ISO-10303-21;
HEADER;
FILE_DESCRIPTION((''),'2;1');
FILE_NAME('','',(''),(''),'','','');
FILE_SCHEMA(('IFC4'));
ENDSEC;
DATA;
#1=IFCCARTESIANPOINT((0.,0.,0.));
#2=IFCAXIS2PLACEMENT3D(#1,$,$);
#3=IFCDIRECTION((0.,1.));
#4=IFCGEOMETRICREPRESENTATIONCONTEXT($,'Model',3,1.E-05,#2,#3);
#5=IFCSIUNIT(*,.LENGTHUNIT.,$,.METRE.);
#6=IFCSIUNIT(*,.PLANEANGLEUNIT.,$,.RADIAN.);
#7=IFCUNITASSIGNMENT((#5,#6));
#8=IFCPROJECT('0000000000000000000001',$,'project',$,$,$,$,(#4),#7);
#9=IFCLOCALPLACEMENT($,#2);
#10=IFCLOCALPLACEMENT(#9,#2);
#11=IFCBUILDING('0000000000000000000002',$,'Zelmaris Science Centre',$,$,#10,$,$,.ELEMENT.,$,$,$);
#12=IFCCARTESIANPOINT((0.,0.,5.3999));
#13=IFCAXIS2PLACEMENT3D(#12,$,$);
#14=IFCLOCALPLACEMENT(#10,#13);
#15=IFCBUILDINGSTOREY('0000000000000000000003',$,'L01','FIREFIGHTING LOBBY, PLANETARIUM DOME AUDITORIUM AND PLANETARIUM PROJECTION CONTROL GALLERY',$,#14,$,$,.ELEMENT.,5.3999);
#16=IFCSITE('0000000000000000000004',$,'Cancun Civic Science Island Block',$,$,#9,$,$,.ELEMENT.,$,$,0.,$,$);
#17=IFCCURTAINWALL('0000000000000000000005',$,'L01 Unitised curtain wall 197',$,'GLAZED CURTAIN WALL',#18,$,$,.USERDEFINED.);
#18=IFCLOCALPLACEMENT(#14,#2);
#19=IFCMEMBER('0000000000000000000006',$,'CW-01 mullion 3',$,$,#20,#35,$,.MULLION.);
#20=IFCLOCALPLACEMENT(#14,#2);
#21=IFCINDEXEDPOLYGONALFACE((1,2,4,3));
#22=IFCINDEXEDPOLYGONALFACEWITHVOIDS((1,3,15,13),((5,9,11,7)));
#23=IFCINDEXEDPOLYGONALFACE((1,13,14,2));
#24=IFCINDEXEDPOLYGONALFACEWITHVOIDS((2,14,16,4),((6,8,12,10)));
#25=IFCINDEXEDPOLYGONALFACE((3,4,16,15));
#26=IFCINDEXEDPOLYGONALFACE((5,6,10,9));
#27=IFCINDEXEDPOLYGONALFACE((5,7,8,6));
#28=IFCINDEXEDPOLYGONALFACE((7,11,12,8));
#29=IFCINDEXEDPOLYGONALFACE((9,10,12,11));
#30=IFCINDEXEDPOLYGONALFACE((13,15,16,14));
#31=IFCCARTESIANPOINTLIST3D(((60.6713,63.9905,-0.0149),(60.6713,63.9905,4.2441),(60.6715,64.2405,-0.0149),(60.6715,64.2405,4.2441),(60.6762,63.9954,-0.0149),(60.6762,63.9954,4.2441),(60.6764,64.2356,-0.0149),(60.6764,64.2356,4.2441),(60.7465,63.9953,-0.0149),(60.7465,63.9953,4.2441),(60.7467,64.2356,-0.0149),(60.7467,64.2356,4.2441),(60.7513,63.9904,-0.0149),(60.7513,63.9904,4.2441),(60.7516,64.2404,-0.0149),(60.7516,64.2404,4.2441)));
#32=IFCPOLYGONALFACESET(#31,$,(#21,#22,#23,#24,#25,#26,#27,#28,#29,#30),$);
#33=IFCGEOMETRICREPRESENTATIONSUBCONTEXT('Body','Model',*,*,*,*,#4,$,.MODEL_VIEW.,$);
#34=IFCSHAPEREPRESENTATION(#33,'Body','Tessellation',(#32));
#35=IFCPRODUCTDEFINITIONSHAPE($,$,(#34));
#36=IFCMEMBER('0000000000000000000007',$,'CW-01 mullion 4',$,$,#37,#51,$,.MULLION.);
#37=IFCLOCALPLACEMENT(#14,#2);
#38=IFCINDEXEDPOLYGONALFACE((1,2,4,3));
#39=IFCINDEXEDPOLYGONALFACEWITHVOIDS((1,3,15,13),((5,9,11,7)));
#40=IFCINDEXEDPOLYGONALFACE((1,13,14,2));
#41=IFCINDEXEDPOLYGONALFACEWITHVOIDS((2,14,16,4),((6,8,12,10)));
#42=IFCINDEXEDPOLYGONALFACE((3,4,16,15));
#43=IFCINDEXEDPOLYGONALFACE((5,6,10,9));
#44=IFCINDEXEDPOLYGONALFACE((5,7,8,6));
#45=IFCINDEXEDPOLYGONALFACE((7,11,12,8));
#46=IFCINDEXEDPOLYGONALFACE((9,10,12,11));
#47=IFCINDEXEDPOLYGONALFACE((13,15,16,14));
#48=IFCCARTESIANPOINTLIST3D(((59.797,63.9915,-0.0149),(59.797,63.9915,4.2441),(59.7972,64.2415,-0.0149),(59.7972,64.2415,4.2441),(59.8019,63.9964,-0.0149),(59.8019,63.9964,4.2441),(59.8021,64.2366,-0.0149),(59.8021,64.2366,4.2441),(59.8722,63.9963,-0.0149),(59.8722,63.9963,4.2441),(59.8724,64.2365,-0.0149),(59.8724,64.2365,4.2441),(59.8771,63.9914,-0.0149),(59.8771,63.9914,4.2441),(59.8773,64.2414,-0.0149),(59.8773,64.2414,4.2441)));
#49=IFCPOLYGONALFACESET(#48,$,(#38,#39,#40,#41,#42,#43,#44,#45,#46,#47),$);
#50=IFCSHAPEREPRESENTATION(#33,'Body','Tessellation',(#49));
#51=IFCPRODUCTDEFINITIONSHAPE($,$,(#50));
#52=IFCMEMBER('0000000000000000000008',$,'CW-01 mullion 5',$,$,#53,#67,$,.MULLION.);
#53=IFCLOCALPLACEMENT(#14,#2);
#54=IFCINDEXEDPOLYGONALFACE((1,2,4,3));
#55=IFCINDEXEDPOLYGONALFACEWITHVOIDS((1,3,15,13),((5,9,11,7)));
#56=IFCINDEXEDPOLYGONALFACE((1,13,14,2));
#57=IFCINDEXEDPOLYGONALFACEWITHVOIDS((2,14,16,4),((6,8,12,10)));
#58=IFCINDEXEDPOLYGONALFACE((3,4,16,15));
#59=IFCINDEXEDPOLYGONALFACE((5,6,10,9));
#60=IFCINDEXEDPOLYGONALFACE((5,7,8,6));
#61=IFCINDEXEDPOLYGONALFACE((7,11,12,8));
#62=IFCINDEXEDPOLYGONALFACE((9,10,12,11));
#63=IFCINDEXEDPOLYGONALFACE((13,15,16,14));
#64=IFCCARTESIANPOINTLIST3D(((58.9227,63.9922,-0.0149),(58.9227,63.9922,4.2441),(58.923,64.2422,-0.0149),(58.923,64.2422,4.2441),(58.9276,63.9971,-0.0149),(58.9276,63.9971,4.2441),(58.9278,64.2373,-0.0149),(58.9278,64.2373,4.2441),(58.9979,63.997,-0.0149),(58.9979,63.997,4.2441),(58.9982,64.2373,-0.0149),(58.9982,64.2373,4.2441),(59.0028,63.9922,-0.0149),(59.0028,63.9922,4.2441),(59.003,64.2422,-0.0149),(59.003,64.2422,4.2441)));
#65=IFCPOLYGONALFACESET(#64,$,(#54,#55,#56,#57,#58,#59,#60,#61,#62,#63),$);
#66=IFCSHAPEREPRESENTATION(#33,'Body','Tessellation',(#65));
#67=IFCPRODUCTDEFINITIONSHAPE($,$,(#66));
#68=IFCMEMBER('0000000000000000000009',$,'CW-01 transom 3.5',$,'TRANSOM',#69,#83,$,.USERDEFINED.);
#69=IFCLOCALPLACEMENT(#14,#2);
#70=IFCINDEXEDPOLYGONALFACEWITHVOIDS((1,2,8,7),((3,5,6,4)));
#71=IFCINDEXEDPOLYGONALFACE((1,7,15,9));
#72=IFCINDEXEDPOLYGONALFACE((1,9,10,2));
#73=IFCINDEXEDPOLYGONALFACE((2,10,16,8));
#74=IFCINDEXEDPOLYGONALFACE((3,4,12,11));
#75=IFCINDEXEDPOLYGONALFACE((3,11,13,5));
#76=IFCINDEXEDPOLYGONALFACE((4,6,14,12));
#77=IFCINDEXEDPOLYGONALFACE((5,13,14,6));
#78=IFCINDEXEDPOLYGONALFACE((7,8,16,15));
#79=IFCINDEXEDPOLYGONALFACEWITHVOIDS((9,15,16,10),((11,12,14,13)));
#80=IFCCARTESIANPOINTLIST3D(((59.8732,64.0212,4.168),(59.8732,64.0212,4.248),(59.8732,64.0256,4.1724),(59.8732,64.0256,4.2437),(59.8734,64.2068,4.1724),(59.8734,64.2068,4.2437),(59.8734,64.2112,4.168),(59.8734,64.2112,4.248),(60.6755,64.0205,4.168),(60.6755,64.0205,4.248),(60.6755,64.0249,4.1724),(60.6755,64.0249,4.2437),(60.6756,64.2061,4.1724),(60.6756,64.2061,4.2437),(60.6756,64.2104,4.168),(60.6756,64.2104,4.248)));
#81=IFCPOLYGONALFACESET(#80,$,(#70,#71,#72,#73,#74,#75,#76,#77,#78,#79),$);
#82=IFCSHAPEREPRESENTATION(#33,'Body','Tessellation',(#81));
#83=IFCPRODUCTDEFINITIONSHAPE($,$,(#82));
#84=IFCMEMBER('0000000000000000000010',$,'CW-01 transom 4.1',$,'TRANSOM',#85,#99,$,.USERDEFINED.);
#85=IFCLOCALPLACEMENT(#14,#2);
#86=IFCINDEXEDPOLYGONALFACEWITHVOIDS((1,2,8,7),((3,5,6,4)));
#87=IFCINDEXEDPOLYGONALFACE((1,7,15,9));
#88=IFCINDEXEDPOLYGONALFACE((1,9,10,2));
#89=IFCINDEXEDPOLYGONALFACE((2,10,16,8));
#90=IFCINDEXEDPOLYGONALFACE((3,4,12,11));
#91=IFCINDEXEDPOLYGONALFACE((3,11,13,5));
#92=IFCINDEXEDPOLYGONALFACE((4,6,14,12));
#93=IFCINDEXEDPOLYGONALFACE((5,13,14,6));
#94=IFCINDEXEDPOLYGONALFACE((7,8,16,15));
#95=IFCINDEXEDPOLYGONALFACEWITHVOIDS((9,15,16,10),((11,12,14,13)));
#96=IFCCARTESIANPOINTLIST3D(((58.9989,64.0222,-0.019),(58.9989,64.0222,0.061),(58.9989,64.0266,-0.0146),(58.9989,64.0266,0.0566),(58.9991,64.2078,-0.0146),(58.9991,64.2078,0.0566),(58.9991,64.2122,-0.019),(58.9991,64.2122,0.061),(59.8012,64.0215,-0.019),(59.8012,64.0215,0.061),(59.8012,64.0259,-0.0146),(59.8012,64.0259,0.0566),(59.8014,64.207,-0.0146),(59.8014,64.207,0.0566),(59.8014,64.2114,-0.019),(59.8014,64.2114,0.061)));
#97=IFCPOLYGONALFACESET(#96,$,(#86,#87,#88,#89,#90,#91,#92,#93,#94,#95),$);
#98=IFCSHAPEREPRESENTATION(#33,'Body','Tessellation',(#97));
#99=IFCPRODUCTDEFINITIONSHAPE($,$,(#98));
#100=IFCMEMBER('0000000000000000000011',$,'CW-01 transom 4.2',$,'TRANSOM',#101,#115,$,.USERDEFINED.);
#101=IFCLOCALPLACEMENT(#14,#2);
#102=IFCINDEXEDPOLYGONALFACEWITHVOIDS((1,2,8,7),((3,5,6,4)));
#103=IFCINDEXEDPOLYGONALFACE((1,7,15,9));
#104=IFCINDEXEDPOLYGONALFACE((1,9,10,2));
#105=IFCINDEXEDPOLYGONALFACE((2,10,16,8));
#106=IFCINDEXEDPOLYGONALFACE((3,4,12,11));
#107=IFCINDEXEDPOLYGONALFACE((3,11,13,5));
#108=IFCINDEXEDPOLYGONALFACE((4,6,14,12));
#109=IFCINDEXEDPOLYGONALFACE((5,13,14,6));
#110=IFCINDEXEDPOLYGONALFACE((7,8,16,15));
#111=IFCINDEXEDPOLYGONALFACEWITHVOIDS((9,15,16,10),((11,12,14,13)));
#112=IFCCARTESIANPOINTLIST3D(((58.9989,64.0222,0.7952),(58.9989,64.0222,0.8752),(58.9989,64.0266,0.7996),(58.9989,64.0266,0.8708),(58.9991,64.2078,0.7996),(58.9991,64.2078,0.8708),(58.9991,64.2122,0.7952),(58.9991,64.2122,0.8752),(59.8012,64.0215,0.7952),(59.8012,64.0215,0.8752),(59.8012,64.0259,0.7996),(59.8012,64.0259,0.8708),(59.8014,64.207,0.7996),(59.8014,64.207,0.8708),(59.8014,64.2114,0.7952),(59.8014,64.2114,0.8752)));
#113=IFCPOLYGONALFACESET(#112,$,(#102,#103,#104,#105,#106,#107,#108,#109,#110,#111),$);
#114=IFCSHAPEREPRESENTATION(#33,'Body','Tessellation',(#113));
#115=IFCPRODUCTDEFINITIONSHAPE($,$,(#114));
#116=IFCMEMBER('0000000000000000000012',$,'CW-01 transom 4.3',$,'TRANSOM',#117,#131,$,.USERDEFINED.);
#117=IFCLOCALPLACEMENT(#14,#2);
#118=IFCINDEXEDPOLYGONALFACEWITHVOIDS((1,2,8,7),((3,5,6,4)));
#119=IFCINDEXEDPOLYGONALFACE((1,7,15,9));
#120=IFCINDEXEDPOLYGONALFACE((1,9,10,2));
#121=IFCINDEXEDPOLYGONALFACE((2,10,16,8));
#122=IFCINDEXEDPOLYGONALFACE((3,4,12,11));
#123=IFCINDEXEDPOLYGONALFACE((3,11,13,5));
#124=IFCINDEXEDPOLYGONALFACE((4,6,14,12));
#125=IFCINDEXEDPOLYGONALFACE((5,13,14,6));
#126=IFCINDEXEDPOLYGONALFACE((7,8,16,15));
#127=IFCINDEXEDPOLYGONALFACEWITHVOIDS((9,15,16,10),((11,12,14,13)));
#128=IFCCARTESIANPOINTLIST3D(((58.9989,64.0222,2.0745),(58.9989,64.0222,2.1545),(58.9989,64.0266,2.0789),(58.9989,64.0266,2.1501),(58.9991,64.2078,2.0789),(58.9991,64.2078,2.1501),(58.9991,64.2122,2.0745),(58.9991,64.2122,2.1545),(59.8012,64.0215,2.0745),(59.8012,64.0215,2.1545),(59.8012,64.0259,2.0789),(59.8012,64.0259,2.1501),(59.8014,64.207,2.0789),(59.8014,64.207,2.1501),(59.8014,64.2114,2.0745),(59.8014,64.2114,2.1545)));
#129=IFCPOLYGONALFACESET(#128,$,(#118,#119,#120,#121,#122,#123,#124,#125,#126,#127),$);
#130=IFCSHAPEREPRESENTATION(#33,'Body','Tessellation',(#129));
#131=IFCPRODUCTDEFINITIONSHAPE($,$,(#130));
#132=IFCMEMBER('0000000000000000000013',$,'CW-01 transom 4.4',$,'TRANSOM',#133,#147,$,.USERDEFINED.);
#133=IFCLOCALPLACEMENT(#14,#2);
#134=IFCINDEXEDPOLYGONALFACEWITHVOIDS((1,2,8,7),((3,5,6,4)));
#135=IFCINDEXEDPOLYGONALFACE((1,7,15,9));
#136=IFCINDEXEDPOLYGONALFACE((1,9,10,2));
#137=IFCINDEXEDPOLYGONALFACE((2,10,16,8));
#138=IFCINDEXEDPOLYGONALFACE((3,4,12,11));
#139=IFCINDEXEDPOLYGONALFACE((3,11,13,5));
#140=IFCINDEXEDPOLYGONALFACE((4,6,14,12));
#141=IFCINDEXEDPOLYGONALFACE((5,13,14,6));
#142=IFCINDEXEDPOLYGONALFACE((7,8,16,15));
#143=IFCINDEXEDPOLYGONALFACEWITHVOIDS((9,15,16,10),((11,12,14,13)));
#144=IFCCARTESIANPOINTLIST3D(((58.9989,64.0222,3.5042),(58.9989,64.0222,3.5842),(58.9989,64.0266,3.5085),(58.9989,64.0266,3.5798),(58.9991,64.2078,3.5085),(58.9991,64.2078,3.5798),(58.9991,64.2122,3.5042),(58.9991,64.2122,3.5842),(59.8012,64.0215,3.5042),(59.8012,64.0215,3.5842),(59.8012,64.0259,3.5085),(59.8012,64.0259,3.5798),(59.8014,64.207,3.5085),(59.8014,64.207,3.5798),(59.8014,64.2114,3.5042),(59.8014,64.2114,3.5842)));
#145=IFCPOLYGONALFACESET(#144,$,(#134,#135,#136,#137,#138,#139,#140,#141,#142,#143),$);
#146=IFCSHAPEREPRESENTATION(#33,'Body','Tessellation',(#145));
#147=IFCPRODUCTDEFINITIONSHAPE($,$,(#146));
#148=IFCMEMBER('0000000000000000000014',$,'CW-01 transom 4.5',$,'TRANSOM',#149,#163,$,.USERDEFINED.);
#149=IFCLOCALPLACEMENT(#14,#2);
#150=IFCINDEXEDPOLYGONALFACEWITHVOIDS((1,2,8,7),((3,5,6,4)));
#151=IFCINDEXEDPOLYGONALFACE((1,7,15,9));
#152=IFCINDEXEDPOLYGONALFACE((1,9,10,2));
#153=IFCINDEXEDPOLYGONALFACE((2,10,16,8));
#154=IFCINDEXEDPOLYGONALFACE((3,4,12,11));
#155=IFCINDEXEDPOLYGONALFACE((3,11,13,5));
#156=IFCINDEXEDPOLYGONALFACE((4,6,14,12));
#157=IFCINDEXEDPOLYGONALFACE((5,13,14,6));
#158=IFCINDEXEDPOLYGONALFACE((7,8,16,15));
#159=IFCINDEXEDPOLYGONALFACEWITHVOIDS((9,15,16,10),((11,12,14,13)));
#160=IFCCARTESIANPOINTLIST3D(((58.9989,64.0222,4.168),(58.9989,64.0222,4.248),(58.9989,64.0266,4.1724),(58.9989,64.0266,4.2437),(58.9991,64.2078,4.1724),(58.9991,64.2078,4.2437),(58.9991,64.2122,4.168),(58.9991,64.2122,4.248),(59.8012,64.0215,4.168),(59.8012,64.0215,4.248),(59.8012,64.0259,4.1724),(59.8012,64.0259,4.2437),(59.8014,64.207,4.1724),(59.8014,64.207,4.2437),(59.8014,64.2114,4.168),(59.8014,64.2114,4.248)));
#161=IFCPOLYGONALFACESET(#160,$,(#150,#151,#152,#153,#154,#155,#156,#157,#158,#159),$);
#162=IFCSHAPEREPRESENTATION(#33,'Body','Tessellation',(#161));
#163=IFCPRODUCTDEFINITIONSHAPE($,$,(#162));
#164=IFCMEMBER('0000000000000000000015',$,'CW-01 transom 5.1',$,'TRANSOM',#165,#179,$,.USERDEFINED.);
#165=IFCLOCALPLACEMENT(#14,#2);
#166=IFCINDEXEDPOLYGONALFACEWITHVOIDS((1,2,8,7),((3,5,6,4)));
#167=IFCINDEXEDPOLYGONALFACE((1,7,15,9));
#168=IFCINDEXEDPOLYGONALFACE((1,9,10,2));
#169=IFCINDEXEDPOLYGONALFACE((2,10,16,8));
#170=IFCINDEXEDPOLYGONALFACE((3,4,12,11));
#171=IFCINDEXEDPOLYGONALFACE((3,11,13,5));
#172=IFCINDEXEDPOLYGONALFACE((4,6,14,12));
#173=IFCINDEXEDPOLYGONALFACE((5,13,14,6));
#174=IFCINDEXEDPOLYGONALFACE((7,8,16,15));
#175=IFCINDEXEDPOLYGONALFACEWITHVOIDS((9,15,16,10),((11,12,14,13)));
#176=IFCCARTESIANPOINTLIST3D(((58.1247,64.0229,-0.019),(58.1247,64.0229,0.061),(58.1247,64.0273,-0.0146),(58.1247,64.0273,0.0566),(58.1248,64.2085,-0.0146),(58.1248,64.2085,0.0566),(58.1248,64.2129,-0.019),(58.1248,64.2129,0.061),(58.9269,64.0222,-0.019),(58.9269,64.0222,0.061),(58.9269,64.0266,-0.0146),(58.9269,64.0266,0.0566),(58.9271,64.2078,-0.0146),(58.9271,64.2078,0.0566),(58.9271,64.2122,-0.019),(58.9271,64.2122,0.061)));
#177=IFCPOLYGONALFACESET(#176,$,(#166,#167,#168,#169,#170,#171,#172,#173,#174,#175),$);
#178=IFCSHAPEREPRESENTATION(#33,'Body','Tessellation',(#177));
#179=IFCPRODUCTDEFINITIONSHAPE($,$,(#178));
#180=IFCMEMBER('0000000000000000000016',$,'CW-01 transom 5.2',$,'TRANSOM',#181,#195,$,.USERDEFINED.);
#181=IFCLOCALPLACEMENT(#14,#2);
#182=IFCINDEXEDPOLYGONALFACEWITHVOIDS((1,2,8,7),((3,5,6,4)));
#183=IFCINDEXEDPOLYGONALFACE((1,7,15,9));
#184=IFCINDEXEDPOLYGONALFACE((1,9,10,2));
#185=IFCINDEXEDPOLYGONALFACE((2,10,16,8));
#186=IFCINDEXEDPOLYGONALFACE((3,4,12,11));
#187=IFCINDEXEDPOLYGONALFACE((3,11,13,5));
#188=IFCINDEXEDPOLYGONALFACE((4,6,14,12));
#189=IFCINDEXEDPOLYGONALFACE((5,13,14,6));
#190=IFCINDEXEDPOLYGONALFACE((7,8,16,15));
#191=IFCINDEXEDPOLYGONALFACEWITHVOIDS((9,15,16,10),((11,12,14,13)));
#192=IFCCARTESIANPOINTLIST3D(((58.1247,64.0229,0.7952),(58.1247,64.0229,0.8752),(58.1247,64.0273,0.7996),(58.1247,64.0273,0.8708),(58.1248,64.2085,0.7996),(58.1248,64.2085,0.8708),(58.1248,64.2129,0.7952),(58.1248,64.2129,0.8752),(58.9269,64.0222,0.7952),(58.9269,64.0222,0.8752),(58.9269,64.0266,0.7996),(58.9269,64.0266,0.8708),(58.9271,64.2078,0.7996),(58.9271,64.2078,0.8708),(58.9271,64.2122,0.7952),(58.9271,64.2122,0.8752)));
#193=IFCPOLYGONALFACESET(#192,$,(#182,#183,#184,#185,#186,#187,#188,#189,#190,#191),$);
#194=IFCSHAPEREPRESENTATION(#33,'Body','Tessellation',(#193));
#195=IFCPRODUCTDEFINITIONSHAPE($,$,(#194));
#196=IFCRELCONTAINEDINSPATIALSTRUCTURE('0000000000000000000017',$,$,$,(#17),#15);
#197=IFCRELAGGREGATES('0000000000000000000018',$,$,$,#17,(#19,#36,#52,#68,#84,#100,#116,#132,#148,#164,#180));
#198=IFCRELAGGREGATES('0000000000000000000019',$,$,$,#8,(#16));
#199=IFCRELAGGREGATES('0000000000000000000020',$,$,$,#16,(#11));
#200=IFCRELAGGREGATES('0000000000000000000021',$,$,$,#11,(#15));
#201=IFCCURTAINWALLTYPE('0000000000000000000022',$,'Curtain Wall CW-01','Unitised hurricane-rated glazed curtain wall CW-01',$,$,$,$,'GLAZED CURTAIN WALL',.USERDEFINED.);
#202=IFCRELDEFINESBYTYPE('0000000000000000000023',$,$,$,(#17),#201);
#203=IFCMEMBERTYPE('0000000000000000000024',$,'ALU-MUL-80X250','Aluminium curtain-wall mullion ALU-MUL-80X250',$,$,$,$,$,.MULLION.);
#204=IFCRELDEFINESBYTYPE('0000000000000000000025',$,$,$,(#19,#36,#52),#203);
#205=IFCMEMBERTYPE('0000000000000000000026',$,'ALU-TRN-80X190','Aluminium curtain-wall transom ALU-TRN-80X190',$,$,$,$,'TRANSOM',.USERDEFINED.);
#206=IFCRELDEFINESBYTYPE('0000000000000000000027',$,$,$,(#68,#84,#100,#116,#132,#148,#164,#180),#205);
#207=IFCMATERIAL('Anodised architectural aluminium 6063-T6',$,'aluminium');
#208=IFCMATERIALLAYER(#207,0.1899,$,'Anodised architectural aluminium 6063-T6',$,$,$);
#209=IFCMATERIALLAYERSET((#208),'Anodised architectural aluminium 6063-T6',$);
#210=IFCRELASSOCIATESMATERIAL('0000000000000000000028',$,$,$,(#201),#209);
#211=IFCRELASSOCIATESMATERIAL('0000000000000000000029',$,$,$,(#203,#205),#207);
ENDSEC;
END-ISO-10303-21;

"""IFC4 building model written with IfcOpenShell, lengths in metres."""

from ifc_helpers import new_model, si_unit, direction, frame, origin, origin_2d, place, context, subcontext, project, spatial, hollow_rectangle, extrude, material, layer, layer_set, material_profile, profile_set, type_object, element, aggregate, save


model = new_model("IFC4")

# Units and contexts
model_context = context("Model", 3, precision=1e-05, world=origin(), true_north=direction((0.0, 1.0)))
body_context = subcontext(model_context, "Body", "Model", "MODEL_VIEW")
ifc_project = project(units=[si_unit("LENGTHUNIT", "METRE"), si_unit("PLANEANGLEUNIT", "RADIAN")], contexts=[model_context])

# Site, building, storey
site_placement = place(None, origin())
site = spatial("IfcSite", under=ifc_project, at=site_placement, Name="Cancun Civic Science Island Block", CompositionType="ELEMENT", RefElevation=0.0)
building_placement = place(site_placement, origin())
building = spatial("IfcBuilding", under=site, at=building_placement, Name="Zelmaris Science Centre", CompositionType="ELEMENT")
storey_placement = place(building_placement, frame((0.0, 0.0, 5.3999)))
storey = spatial("IfcBuildingStorey", under=building, at=storey_placement, Name="L01", Description="FIREFIGHTING LOBBY, PLANETARIUM DOME AUDITORIUM AND PLANETARIUM PROJECTION CONTROL GALLERY", CompositionType="ELEMENT", Elevation=5.3999)

# Curtain wall, members
ifc_material_1 = material(Name="Anodised architectural aluminium 6063-T6", Category="aluminium")
ifc_layer_1 = layer(ifc_material_1, 0.1899, Name="Anodised architectural aluminium 6063-T6")
ifc_layer_set_1 = layer_set([ifc_layer_1], Name="Anodised architectural aluminium 6063-T6")
curtain_wall_type = type_object("IfcCurtainWallType", Name="Curtain Wall CW-01", Description="Unitised hurricane-rated glazed curtain wall CW-01", ElementType="GLAZED CURTAIN WALL", PredefinedType="USERDEFINED", material=ifc_layer_set_1)
curtain_wall_placement = place(storey_placement, origin())
curtain_wall = element("IfcCurtainWall", 1, at=curtain_wall_placement, inside=storey, type_object=curtain_wall_type, Name="L01 Unitised curtain wall 197", ObjectType="GLAZED CURTAIN WALL", PredefinedType="USERDEFINED")
ifc_material_profile_1 = material_profile(ifc_material_1, hollow_rectangle(XDim=0.0801, YDim=0.25, WallThickness=0.0049, at=origin_2d()), Name="ALU-MUL-80X250")
ifc_profile_set_1 = profile_set([ifc_material_profile_1], Name="Anodised architectural aluminium 6063-T6")
member_type_1 = type_object("IfcMemberType", Name="ALU-MUL-80X250", Description="Aluminium curtain-wall mullion ALU-MUL-80X250", PredefinedType="MULLION", material=ifc_profile_set_1)
member_1_placement = place(storey_placement, frame((60.7114, 64.1155, -0.0149), z_axis=(0.0, 0.0, 1.0), x_axis=(-1.0, 0.00092, 0.0)))
member_1 = element("IfcMember", 2, at=member_1_placement, type_object=member_type_1, Name="CW-01 mullion 3", PredefinedType="MULLION", context=body_context, shape_type="SweptSolid", body=[
    extrude(hollow_rectangle(XDim=0.0801, YDim=0.25, WallThickness=0.0049, at=origin_2d()), origin(), (0.0, 0.0, 1.0), 4.259),
])
member_2_placement = place(storey_placement, frame((59.8372, 64.1165, -0.0149), z_axis=(0.0, 0.0, 1.0), x_axis=(-1.0, 0.00092, 0.0)))
member_2 = element("IfcMember", 3, at=member_2_placement, type_object=member_type_1, Name="CW-01 mullion 4", PredefinedType="MULLION", context=body_context, shape_type="SweptSolid", body=[
    extrude(hollow_rectangle(XDim=0.0801, YDim=0.25, WallThickness=0.0049, at=origin_2d()), origin(), (0.0, 0.0, 1.0), 4.259),
])
member_3_placement = place(storey_placement, frame((58.9629, 64.1172, -0.0149), z_axis=(0.0, 0.0, 1.0), x_axis=(-1.0, 0.00092, 0.0)))
member_3 = element("IfcMember", 4, at=member_3_placement, type_object=member_type_1, Name="CW-01 mullion 5", PredefinedType="MULLION", context=body_context, shape_type="SweptSolid", body=[
    extrude(hollow_rectangle(XDim=0.0801, YDim=0.25, WallThickness=0.0049, at=origin_2d()), origin(), (0.0, 0.0, 1.0), 4.259),
])
ifc_material_profile_2 = material_profile(ifc_material_1, hollow_rectangle(XDim=0.0801, YDim=0.1899, WallThickness=0.0044, at=origin_2d()), Name="ALU-TRN-80X190")
ifc_profile_set_2 = profile_set([ifc_material_profile_2], Name="Anodised architectural aluminium 6063-T6")
member_type_2 = type_object("IfcMemberType", Name="ALU-TRN-80X190", Description="Aluminium curtain-wall transom ALU-TRN-80X190", ElementType="TRANSOM", PredefinedType="USERDEFINED", material=ifc_profile_set_2)
member_4_placement = place(storey_placement, frame((60.6755, 64.1155, 4.208), z_axis=(-1.0, 0.000913, 0.0), x_axis=(0.0, 0.0, 1.0)))
member_4 = element("IfcMember", 5, at=member_4_placement, type_object=member_type_2, Name="CW-01 transom 3.5", ObjectType="TRANSOM", PredefinedType="USERDEFINED", context=body_context, shape_type="SweptSolid", body=[
    extrude(hollow_rectangle(XDim=0.0801, YDim=0.1899, WallThickness=0.0044, at=origin_2d()), origin(), (0.0, 0.0, 1.0), 0.8022),
])
member_5_placement = place(storey_placement, frame((59.8013, 64.1165, 0.021), z_axis=(-1.0, 0.000913, 0.0), x_axis=(0.0, 0.0, 1.0)))
member_5 = element("IfcMember", 6, at=member_5_placement, type_object=member_type_2, Name="CW-01 transom 4.1", ObjectType="TRANSOM", PredefinedType="USERDEFINED", context=body_context, shape_type="SweptSolid", body=[
    extrude(hollow_rectangle(XDim=0.0801, YDim=0.1899, WallThickness=0.0044, at=origin_2d()), origin(), (0.0, 0.0, 1.0), 0.8022),
])
member_6_placement = place(storey_placement, frame((59.8013, 64.1165, 0.8352), z_axis=(-1.0, 0.000913, 0.0), x_axis=(0.0, 0.0, 1.0)))
member_6 = element("IfcMember", 7, at=member_6_placement, type_object=member_type_2, Name="CW-01 transom 4.2", ObjectType="TRANSOM", PredefinedType="USERDEFINED", context=body_context, shape_type="SweptSolid", body=[
    extrude(hollow_rectangle(XDim=0.0801, YDim=0.1899, WallThickness=0.0044, at=origin_2d()), origin(), (0.0, 0.0, 1.0), 0.8022),
])
member_7_placement = place(storey_placement, frame((59.8013, 64.1165, 2.1145), z_axis=(-1.0, 0.000913, 0.0), x_axis=(0.0, 0.0, 1.0)))
member_7 = element("IfcMember", 8, at=member_7_placement, type_object=member_type_2, Name="CW-01 transom 4.3", ObjectType="TRANSOM", PredefinedType="USERDEFINED", context=body_context, shape_type="SweptSolid", body=[
    extrude(hollow_rectangle(XDim=0.0801, YDim=0.1899, WallThickness=0.0044, at=origin_2d()), origin(), (0.0, 0.0, 1.0), 0.8022),
])
member_8_placement = place(storey_placement, frame((59.8013, 64.1165, 3.5442), z_axis=(-1.0, 0.000913, 0.0), x_axis=(0.0, 0.0, 1.0)))
member_8 = element("IfcMember", 9, at=member_8_placement, type_object=member_type_2, Name="CW-01 transom 4.4", ObjectType="TRANSOM", PredefinedType="USERDEFINED", context=body_context, shape_type="SweptSolid", body=[
    extrude(hollow_rectangle(XDim=0.0801, YDim=0.1899, WallThickness=0.0044, at=origin_2d()), origin(), (0.0, 0.0, 1.0), 0.8022),
])
member_9_placement = place(storey_placement, frame((59.8013, 64.1165, 4.208), z_axis=(-1.0, 0.000913, 0.0), x_axis=(0.0, 0.0, 1.0)))
member_9 = element("IfcMember", 10, at=member_9_placement, type_object=member_type_2, Name="CW-01 transom 4.5", ObjectType="TRANSOM", PredefinedType="USERDEFINED", context=body_context, shape_type="SweptSolid", body=[
    extrude(hollow_rectangle(XDim=0.0801, YDim=0.1899, WallThickness=0.0044, at=origin_2d()), origin(), (0.0, 0.0, 1.0), 0.8022),
])
member_10_placement = place(storey_placement, frame((58.927, 64.1172, 0.021), z_axis=(-1.0, 0.000913, 0.0), x_axis=(0.0, 0.0, 1.0)))
member_10 = element("IfcMember", 11, at=member_10_placement, type_object=member_type_2, Name="CW-01 transom 5.1", ObjectType="TRANSOM", PredefinedType="USERDEFINED", context=body_context, shape_type="SweptSolid", body=[
    extrude(hollow_rectangle(XDim=0.0801, YDim=0.1899, WallThickness=0.0044, at=origin_2d()), origin(), (0.0, 0.0, 1.0), 0.8022),
])
member_11_placement = place(storey_placement, frame((58.927, 64.1172, 0.8352), z_axis=(-1.0, 0.000913, 0.0), x_axis=(0.0, 0.0, 1.0)))
member_11 = element("IfcMember", 12, at=member_11_placement, type_object=member_type_2, Name="CW-01 transom 5.2", ObjectType="TRANSOM", PredefinedType="USERDEFINED", context=body_context, shape_type="SweptSolid", body=[
    extrude(hollow_rectangle(XDim=0.0801, YDim=0.1899, WallThickness=0.0044, at=origin_2d()), origin(), (0.0, 0.0, 1.0), 0.8022),
])
aggregate(curtain_wall, [member_1, member_2, member_3, member_4, member_5, member_6, member_7, member_8, member_9, member_10, member_11])

save(model, "model.ifc")
